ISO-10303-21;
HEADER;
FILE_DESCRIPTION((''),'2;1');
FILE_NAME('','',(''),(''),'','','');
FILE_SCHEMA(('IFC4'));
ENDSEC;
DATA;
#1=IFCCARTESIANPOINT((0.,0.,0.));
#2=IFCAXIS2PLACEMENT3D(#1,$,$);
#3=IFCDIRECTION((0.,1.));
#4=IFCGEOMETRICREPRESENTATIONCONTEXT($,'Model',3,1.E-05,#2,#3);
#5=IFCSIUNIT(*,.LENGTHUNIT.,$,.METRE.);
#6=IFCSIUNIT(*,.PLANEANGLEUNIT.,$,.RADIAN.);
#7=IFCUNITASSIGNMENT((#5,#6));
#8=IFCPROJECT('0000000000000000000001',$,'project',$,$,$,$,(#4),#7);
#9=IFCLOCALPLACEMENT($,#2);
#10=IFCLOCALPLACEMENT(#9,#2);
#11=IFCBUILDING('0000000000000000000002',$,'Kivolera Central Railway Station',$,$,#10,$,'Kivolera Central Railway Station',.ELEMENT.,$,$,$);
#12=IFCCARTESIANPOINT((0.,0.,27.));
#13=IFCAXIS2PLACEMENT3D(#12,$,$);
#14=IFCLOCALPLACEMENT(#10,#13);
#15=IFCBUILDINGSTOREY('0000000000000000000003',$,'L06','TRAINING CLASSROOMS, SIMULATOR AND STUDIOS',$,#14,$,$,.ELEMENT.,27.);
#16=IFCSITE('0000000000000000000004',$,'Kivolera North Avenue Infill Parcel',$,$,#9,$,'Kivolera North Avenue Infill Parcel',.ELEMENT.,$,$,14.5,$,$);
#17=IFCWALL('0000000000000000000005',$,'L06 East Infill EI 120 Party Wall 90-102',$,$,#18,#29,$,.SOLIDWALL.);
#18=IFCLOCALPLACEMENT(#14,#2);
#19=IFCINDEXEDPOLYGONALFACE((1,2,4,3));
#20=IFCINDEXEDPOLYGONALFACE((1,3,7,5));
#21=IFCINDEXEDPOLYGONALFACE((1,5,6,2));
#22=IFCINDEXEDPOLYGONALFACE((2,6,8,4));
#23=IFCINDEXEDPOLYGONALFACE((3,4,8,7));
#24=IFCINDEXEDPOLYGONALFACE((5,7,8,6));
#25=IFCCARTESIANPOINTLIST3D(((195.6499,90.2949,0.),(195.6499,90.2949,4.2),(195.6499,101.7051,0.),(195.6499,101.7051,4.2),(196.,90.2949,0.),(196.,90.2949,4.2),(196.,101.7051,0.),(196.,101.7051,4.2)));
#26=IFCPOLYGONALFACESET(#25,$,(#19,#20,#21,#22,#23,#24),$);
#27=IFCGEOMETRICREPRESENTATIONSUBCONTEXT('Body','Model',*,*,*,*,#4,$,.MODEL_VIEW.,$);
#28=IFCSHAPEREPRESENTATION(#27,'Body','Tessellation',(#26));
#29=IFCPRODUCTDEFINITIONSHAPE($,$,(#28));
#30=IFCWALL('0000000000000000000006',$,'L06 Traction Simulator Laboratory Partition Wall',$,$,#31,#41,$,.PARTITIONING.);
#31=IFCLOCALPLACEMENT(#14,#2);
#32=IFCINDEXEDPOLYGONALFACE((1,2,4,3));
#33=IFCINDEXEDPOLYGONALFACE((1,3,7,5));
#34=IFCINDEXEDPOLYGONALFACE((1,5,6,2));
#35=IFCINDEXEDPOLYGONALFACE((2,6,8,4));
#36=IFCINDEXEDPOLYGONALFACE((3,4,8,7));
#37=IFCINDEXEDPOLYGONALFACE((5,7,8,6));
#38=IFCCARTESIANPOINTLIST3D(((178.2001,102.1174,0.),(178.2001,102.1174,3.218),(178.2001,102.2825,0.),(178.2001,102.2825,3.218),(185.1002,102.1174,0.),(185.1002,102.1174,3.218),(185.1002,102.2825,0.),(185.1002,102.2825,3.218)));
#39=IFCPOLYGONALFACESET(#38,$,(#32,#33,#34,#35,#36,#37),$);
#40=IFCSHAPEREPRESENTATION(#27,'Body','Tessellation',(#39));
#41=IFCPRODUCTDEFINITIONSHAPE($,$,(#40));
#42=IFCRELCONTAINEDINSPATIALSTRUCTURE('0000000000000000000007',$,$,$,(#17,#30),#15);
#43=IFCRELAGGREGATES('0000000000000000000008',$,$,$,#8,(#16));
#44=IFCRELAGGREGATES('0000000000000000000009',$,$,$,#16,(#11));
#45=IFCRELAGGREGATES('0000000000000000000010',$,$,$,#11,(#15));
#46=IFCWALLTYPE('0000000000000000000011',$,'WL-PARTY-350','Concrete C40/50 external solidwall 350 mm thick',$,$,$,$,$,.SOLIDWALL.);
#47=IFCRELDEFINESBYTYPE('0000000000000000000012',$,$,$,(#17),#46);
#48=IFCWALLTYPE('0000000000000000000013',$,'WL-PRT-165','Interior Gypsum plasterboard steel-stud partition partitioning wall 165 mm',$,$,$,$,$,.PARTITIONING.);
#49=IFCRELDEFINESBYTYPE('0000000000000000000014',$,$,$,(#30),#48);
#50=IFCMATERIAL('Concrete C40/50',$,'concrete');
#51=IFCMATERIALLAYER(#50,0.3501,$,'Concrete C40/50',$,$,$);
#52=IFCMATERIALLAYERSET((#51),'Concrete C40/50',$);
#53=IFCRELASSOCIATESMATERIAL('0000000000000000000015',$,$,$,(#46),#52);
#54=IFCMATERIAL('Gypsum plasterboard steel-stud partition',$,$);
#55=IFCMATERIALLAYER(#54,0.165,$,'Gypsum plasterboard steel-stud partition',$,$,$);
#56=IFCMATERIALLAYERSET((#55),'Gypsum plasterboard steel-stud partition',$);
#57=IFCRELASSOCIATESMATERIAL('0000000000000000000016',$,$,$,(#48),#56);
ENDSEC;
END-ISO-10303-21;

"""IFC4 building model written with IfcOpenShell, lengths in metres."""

from ifc_helpers import new_model, si_unit, direction, frame, frame_2d, origin, place, context, subcontext, project, spatial, rectangle, extrude, material, layer, layer_set, type_object, element, save


model = new_model("IFC4")

# Units and contexts
model_context = context("Model", 3, precision=1e-05, world=origin(), true_north=direction((0.0, 1.0)))
body_context = subcontext(model_context, "Body", "Model", "MODEL_VIEW")
ifc_project = project(units=[si_unit("LENGTHUNIT", "METRE"), si_unit("PLANEANGLEUNIT", "RADIAN")], contexts=[model_context])

# Site, building, storey
site_placement = place(None, origin())
site = spatial("IfcSite", under=ifc_project, at=site_placement, Name="Kivolera North Avenue Infill Parcel", LongName="Kivolera North Avenue Infill Parcel", CompositionType="ELEMENT", RefElevation=14.5)
building_placement = place(site_placement, origin())
building = spatial("IfcBuilding", under=site, at=building_placement, Name="Kivolera Central Railway Station", LongName="Kivolera Central Railway Station", CompositionType="ELEMENT")
storey_placement = place(building_placement, frame((0.0, 0.0, 27.0)))
storey = spatial("IfcBuildingStorey", under=building, at=storey_placement, Name="L06", Description="TRAINING CLASSROOMS, SIMULATOR AND STUDIOS", CompositionType="ELEMENT", Elevation=27.0)

# Shared definitions
ifc_material_1 = material(Name="Concrete C40/50", Category="concrete")

# Walls
ifc_layer_1 = layer(ifc_material_1, 0.3501, Name="Concrete C40/50")
ifc_layer_set_1 = layer_set([ifc_layer_1], Name="Concrete C40/50")
wall_type_1 = type_object("IfcWallType", Name="WL-PARTY-350", Description="Concrete C40/50 external solidwall 350 mm thick", PredefinedType="SOLIDWALL", material=ifc_layer_set_1)
wall_1_placement = place(storey_placement, frame((195.825, 101.7051, 0.0), z_axis=(0.0, 0.0, 1.0), x_axis=(0.0, -1.0, 0.0)))
element("IfcWall", 1, at=wall_1_placement, inside=storey, type_object=wall_type_1, Name="L06 East Infill EI 120 Party Wall 90-102", PredefinedType="SOLIDWALL", context=body_context, shape_type="SweptSolid", body=[
    extrude(rectangle(XDim=11.4102, YDim=0.3501, at=frame_2d((5.7051, 0.0))), origin(), (0.0, 0.0, 1.0), 4.2),
])
ifc_material_2 = material(Name="Gypsum plasterboard steel-stud partition")
ifc_layer_2 = layer(ifc_material_2, 0.165, Name="Gypsum plasterboard steel-stud partition")
ifc_layer_set_2 = layer_set([ifc_layer_2], Name="Gypsum plasterboard steel-stud partition")
wall_type_2 = type_object("IfcWallType", Name="WL-PRT-165", Description="Interior Gypsum plasterboard steel-stud partition partitioning wall 165 mm", PredefinedType="PARTITIONING", material=ifc_layer_set_2)
wall_2_placement = place(storey_placement, frame((178.2, 102.2, 0.0), z_axis=(0.0, 0.0, 1.0), x_axis=(1.0, 0.0, 0.0)))
element("IfcWall", 2, at=wall_2_placement, inside=storey, type_object=wall_type_2, Name="L06 Traction Simulator Laboratory Partition Wall", PredefinedType="PARTITIONING", context=body_context, shape_type="SweptSolid", body=[
    extrude(rectangle(XDim=6.9001, YDim=0.165, at=frame_2d((3.4502, 0.0))), origin(), (0.0, 0.0, 1.0), 3.218),
])

save(model, "model.ifc")
